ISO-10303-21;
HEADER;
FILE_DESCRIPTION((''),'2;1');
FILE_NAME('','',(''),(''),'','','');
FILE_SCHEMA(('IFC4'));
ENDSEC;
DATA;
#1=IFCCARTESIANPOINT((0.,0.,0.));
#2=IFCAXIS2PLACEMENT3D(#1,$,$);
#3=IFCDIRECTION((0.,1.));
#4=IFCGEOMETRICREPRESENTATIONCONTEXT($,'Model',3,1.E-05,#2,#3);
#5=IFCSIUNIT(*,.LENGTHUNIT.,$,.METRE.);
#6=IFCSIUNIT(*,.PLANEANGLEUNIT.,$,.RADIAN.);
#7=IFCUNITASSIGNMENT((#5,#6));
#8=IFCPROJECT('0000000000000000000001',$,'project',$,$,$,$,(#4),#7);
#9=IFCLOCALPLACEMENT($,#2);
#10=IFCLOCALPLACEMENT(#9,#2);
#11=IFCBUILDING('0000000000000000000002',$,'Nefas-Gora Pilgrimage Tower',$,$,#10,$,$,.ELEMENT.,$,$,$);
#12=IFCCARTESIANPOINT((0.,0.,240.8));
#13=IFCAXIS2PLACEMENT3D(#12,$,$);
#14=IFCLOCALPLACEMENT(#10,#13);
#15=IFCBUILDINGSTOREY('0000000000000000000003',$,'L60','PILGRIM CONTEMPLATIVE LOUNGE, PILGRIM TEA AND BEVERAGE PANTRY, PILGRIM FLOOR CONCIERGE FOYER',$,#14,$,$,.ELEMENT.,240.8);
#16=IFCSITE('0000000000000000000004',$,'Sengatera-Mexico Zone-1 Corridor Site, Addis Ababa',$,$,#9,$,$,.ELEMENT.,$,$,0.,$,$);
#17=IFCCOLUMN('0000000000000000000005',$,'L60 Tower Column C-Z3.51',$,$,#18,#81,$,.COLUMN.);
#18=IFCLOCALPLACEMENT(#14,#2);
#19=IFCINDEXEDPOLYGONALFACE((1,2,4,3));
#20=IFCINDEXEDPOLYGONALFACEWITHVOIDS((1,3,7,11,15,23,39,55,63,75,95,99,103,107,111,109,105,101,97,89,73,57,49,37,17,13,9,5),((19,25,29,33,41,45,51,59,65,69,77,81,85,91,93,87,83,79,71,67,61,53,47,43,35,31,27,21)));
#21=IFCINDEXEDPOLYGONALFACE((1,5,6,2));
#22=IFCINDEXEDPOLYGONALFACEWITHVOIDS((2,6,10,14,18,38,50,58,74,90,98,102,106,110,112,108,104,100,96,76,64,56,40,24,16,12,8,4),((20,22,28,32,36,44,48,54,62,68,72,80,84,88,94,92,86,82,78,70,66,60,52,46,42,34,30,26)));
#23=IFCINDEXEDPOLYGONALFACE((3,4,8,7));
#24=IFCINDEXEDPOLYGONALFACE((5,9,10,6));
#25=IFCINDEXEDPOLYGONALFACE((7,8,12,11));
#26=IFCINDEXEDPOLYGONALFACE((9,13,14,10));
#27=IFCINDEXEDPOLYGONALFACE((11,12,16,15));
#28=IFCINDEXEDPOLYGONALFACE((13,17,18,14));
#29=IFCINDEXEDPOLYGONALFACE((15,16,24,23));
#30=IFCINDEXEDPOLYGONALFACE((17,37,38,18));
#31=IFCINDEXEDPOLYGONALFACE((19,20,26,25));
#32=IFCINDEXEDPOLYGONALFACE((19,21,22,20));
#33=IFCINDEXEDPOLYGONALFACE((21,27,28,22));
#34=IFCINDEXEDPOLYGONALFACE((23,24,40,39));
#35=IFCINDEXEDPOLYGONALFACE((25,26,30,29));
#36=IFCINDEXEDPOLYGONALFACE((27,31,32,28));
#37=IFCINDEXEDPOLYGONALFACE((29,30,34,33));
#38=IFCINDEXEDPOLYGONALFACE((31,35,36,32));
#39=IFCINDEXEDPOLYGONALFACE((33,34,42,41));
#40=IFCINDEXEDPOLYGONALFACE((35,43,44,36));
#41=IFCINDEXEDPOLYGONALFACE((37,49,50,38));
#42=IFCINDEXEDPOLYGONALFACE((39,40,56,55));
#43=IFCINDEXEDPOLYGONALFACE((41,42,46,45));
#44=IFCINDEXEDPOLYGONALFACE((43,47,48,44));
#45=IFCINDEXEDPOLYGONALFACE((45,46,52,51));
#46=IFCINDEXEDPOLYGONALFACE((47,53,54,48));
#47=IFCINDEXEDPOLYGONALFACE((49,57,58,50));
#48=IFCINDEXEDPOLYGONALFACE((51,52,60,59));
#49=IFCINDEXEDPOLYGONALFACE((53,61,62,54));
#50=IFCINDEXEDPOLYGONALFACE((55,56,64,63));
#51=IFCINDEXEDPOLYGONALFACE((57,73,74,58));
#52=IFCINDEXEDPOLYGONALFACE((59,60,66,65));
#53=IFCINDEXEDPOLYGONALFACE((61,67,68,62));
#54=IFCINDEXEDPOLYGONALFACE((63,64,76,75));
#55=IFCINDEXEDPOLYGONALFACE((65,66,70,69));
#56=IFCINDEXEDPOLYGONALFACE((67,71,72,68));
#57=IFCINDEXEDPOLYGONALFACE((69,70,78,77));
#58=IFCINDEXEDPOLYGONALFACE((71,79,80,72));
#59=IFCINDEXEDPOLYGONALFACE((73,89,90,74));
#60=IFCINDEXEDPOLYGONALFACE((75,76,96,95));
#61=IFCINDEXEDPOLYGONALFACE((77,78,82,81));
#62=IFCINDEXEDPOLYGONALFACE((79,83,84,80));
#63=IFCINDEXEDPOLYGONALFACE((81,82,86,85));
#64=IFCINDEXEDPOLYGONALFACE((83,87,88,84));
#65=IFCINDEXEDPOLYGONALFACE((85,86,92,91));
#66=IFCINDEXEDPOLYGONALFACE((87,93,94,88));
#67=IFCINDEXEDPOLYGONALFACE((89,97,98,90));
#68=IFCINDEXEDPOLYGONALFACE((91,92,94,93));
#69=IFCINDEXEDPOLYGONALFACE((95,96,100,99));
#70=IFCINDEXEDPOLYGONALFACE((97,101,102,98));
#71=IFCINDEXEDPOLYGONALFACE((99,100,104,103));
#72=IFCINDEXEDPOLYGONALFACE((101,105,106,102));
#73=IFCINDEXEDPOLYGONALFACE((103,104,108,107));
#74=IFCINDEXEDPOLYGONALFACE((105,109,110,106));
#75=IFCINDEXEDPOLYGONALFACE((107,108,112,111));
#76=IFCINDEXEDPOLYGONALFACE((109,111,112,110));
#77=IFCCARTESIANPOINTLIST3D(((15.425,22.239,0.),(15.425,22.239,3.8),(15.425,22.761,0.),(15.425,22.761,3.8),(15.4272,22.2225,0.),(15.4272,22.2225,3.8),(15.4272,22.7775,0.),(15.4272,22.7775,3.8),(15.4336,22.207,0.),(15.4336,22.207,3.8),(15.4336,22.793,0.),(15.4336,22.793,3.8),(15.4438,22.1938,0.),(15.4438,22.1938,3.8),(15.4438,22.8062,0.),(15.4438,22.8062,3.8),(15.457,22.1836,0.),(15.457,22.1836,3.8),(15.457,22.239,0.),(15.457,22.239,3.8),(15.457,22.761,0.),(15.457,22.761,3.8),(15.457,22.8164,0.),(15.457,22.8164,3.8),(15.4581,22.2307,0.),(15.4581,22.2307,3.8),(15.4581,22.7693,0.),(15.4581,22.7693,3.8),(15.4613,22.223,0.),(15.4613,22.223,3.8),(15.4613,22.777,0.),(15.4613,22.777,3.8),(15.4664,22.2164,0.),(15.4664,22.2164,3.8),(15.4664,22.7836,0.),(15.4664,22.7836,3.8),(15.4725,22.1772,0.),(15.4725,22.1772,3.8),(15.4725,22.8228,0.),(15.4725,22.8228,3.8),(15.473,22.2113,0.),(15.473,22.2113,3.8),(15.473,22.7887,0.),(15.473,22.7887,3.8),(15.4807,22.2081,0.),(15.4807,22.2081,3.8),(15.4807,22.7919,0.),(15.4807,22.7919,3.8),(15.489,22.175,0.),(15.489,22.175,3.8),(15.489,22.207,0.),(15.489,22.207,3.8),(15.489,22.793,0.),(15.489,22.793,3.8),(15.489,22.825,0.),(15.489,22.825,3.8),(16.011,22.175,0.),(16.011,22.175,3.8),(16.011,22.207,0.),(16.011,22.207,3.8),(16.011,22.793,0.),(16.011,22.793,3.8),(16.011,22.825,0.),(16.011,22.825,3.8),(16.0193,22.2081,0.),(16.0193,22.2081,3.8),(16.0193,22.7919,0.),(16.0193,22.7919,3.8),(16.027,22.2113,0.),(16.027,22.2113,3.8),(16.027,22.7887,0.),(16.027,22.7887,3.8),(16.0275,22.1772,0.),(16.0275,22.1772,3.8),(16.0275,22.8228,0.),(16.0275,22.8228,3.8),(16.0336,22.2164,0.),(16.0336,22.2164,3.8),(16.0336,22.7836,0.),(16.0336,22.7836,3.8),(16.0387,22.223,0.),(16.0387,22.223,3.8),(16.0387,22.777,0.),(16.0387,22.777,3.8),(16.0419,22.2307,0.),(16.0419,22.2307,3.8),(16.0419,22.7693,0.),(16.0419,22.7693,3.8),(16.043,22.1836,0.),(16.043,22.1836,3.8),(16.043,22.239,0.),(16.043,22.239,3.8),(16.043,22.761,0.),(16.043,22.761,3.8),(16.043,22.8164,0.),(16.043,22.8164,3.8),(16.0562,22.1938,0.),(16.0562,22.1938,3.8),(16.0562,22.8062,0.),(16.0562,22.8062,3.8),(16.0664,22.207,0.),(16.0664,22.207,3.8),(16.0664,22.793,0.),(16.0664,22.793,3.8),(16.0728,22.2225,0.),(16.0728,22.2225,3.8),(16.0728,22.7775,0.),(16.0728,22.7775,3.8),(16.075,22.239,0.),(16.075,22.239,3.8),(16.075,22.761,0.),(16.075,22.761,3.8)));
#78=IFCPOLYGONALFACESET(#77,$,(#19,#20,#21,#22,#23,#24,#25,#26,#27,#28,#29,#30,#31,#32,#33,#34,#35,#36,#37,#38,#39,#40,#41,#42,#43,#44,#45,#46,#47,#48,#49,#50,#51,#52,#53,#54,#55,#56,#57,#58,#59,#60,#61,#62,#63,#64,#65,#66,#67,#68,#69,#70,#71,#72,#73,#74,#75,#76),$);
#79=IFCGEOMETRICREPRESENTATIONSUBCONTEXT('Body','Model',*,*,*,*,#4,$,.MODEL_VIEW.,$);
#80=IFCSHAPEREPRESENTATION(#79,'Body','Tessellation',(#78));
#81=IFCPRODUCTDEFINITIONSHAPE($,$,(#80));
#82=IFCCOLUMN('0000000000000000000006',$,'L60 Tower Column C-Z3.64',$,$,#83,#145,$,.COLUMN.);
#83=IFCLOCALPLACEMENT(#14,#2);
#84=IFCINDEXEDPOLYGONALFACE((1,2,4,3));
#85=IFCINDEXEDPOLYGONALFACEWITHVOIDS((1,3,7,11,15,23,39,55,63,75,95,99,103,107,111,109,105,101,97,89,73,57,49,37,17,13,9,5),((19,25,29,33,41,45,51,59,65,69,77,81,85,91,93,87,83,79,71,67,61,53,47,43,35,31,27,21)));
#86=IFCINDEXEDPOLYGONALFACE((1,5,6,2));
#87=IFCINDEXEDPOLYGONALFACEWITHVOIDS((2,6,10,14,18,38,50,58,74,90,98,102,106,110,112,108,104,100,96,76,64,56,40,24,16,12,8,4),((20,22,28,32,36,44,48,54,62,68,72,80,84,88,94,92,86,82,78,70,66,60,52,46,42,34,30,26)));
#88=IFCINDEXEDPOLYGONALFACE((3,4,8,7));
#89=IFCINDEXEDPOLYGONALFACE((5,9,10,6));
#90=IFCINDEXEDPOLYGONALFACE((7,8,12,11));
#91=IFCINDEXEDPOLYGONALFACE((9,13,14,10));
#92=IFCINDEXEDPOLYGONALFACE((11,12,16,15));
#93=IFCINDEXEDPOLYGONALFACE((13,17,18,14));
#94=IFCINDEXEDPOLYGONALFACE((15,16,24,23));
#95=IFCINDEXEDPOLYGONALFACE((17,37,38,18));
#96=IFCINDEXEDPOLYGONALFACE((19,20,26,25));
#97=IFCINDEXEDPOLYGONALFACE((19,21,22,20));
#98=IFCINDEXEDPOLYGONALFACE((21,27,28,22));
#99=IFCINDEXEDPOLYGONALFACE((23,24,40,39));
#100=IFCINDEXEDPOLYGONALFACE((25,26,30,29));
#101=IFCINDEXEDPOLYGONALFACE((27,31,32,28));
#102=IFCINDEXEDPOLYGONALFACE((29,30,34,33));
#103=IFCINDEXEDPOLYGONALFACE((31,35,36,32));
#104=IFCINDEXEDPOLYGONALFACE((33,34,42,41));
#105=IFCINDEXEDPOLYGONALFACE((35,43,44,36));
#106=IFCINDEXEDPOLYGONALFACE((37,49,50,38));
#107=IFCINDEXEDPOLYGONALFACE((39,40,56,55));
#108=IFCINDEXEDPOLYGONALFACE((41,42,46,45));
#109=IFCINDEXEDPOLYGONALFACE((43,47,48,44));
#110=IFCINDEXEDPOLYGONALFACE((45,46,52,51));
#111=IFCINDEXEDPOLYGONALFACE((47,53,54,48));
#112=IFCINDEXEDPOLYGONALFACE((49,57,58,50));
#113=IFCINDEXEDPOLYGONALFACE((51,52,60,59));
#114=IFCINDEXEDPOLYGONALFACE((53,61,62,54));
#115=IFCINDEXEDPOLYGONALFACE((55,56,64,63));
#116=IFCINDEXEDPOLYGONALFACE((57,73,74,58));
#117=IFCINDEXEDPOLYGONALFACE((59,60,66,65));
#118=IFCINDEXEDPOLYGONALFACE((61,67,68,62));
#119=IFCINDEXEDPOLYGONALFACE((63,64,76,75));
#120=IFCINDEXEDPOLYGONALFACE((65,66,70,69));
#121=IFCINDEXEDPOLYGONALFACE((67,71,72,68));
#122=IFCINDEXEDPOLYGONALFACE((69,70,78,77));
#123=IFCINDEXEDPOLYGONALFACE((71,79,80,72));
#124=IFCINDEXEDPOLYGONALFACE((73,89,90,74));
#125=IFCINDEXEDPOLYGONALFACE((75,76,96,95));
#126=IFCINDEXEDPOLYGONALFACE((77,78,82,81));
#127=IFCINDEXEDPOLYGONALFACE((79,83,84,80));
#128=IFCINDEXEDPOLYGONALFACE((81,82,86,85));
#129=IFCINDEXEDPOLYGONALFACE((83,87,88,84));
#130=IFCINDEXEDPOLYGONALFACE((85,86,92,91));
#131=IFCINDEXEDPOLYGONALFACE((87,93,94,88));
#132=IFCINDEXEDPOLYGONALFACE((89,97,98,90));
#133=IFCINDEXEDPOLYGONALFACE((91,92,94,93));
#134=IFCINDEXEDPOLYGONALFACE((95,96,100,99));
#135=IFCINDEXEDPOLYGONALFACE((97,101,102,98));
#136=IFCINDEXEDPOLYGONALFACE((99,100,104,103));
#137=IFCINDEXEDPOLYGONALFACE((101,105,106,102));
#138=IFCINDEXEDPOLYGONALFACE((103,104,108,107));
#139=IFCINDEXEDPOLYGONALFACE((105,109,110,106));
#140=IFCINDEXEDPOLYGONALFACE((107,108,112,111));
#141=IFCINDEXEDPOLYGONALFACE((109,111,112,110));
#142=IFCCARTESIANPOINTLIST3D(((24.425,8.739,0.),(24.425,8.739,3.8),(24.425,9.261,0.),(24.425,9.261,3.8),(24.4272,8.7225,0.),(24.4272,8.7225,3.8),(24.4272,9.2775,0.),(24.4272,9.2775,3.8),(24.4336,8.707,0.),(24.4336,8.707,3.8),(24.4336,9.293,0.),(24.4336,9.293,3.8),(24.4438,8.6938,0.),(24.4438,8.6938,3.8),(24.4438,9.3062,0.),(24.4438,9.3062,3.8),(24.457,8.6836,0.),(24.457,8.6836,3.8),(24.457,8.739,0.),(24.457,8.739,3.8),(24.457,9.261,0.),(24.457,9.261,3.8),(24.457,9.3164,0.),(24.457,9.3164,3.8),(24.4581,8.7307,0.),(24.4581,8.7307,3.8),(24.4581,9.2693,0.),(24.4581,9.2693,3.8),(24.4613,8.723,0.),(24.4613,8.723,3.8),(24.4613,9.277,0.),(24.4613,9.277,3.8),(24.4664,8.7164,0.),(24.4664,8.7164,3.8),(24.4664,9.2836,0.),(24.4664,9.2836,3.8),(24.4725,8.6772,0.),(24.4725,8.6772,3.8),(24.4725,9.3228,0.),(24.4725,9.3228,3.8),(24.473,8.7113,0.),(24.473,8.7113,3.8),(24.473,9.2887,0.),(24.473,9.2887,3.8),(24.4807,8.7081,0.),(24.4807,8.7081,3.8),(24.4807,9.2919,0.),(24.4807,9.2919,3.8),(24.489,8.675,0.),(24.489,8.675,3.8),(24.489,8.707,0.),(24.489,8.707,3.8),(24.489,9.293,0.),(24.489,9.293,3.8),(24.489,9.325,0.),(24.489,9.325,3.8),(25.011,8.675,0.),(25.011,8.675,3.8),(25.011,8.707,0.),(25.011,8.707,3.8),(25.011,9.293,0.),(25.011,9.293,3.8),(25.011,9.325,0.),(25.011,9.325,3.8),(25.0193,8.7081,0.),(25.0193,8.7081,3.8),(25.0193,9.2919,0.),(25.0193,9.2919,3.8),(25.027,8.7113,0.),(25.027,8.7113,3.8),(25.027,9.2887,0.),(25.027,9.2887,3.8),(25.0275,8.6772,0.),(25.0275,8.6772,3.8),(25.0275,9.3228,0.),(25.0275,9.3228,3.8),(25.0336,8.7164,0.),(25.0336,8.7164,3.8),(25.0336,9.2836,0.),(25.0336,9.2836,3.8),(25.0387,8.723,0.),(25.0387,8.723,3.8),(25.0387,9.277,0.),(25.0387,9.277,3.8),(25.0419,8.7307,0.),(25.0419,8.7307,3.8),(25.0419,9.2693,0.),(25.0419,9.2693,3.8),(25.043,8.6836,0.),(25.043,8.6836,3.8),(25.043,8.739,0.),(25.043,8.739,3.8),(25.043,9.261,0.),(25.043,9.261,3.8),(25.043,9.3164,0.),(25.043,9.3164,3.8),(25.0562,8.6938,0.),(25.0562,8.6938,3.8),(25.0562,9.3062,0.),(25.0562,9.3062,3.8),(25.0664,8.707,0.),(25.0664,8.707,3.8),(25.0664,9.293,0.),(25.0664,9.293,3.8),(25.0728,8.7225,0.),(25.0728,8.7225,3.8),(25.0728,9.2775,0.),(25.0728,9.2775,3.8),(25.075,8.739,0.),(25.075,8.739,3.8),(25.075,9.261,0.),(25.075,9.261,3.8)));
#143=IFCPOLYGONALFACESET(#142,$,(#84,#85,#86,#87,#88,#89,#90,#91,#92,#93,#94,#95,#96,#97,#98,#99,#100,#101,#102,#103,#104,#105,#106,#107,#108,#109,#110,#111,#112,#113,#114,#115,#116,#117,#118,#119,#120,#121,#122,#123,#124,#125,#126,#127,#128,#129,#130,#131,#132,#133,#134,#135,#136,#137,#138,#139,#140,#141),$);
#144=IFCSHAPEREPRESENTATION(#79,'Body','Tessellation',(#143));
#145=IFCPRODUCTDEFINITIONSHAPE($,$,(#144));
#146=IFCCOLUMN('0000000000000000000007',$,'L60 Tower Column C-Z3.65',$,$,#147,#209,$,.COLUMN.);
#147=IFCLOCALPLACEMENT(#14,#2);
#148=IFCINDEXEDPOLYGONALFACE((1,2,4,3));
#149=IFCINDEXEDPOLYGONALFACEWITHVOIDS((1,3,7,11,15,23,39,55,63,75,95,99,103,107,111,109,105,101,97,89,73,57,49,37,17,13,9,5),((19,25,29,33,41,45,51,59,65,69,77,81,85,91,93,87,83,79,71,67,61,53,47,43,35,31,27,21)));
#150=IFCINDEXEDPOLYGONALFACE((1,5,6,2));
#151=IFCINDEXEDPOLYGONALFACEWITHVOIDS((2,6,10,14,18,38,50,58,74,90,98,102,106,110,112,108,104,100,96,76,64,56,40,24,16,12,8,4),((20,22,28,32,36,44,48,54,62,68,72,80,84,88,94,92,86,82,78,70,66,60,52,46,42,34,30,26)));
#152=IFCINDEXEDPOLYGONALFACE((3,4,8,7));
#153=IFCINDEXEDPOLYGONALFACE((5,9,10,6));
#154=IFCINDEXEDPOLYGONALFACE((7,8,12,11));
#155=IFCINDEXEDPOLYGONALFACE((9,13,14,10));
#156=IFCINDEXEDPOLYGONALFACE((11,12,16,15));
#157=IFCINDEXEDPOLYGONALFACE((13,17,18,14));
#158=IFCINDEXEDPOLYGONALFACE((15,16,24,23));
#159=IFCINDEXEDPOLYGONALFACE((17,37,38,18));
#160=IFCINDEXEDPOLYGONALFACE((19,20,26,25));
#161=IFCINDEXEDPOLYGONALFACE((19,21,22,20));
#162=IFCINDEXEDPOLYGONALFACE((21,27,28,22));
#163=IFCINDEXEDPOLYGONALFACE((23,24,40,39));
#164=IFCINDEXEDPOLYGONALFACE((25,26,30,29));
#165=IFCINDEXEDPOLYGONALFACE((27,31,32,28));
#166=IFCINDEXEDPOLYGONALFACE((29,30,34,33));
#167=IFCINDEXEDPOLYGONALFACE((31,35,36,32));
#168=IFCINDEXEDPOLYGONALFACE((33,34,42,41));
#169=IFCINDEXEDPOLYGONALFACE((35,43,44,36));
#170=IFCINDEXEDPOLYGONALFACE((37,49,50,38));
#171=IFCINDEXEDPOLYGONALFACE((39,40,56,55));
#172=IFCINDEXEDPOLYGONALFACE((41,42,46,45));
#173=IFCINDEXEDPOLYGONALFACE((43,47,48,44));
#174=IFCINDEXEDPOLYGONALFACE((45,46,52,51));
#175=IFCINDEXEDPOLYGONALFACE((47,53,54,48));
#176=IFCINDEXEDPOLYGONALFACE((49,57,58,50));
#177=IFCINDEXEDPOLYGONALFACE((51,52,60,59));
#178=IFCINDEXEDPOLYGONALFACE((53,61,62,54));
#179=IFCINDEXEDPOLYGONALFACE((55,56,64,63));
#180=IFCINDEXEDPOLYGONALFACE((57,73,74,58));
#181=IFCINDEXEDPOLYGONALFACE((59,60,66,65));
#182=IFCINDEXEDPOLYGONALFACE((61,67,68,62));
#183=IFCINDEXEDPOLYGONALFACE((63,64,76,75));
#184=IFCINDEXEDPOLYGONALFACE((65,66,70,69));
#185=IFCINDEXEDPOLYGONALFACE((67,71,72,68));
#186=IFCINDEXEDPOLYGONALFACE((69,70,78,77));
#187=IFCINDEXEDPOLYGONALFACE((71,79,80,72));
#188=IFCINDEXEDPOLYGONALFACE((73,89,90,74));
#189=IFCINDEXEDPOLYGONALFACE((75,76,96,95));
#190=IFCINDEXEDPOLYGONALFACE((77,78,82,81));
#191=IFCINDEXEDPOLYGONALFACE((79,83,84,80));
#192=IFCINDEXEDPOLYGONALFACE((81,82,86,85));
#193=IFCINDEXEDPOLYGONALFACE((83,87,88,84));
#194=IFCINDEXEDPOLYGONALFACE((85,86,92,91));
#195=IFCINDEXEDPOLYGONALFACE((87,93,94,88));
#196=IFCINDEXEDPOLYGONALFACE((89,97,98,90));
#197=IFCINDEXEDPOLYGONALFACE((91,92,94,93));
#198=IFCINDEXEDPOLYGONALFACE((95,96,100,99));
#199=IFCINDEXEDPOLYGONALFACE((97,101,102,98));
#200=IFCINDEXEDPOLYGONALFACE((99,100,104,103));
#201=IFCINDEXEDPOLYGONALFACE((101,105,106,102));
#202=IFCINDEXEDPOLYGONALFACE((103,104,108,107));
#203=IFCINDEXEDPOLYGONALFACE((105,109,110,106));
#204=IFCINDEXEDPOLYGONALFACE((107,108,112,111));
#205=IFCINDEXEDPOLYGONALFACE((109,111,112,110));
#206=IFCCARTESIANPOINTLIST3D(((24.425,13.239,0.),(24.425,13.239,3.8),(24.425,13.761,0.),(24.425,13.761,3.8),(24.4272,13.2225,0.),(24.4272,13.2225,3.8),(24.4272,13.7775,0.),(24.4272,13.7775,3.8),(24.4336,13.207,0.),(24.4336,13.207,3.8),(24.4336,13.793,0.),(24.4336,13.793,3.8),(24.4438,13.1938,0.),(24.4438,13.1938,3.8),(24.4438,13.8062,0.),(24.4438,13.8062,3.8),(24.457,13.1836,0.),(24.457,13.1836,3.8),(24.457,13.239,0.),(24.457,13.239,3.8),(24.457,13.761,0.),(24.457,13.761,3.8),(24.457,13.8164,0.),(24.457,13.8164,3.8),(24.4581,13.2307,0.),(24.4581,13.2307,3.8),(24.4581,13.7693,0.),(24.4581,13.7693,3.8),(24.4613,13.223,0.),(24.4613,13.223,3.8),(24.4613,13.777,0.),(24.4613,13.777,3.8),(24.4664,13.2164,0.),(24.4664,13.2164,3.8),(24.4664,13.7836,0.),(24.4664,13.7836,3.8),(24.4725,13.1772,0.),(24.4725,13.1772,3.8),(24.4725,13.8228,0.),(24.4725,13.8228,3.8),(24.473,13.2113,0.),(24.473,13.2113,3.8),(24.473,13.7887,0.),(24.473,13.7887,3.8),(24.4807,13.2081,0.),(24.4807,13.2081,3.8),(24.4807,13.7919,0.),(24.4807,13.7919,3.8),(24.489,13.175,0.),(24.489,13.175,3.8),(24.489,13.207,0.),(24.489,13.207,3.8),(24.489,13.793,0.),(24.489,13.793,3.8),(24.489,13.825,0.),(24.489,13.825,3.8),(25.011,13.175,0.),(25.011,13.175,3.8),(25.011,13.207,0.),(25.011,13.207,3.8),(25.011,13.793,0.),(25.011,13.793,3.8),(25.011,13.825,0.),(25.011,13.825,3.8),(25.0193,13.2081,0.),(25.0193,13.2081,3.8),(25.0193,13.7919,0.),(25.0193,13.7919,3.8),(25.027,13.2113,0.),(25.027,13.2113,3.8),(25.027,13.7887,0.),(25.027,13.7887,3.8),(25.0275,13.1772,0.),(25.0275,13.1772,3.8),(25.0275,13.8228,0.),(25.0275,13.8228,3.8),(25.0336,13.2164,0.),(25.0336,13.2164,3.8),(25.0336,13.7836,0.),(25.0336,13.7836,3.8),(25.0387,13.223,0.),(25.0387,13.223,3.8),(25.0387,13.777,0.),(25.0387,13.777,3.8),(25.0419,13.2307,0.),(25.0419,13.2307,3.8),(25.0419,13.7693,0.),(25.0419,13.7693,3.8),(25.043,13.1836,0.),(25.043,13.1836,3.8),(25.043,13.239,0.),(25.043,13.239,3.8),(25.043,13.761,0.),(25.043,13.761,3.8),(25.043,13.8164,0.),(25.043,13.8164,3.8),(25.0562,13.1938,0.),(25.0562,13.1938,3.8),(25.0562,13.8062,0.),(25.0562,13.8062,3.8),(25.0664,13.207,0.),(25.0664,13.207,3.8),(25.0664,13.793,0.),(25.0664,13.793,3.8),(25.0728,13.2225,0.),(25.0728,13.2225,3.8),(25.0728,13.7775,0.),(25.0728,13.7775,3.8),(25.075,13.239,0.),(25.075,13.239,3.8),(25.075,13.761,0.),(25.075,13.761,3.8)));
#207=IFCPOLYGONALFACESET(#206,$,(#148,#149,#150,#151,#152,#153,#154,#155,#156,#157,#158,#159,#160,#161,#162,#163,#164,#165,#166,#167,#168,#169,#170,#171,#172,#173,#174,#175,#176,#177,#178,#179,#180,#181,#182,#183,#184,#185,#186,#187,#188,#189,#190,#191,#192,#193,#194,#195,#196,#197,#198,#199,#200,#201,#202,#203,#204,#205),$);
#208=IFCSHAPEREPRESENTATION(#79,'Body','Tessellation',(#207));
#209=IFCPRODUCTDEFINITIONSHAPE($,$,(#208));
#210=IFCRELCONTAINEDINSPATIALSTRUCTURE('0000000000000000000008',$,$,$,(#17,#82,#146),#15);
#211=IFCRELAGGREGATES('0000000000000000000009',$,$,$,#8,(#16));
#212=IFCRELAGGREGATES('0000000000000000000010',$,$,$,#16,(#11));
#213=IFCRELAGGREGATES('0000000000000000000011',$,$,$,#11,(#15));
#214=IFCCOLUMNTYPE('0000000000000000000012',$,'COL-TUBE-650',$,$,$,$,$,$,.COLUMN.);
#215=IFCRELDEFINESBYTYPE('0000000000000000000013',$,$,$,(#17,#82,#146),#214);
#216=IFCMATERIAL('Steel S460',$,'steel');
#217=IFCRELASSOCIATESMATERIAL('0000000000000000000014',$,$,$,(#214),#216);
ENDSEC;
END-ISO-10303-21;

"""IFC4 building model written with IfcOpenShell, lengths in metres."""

from ifc_helpers import new_model, si_unit, direction, frame, origin, origin_2d, place, context, subcontext, project, spatial, hollow_rectangle, extrude, source, transform, mapped, material, material_profile, profile_set, type_object, element, save


model = new_model("IFC4")

# Units and contexts
model_context = context("Model", 3, precision=1e-05, world=origin(), true_north=direction((0.0, 1.0)))
body_context = subcontext(model_context, "Body", "Model", "MODEL_VIEW")
ifc_project = project(units=[si_unit("LENGTHUNIT", "METRE"), si_unit("PLANEANGLEUNIT", "RADIAN")], contexts=[model_context])

# Site, building, storey
site_placement = place(None, origin())
site = spatial("IfcSite", under=ifc_project, at=site_placement, Name="Sengatera-Mexico Zone-1 Corridor Site, Addis Ababa", CompositionType="ELEMENT", RefElevation=0.0)
building_placement = place(site_placement, origin())
building = spatial("IfcBuilding", under=site, at=building_placement, Name="Nefas-Gora Pilgrimage Tower", CompositionType="ELEMENT")
storey_placement = place(building_placement, frame((0.0, 0.0, 240.8)))
storey = spatial("IfcBuildingStorey", under=building, at=storey_placement, Name="L60", Description="PILGRIM CONTEMPLATIVE LOUNGE, PILGRIM TEA AND BEVERAGE PANTRY, PILGRIM FLOOR CONCIERGE FOYER", CompositionType="ELEMENT", Elevation=240.8)

# Columns
ifc_material_1 = material(Name="Steel S460", Category="steel")
ifc_material_profile_1 = material_profile(ifc_material_1, hollow_rectangle(XDim=0.6499, YDim=0.6499, WallThickness=0.032, InnerFilletRadius=0.032, OuterFilletRadius=0.064, at=origin_2d()), Name="BOX 650x650x32")
ifc_profile_set_1 = profile_set([ifc_material_profile_1], Name="Steel S460")
column_type_1 = type_object("IfcColumnType", Name="COL-TUBE-650", PredefinedType="COLUMN", material=ifc_profile_set_1)
shared_shape_1 = source(origin(), body_context, "Body", "SweptSolid", [
    extrude(hollow_rectangle(XDim=0.6499, YDim=0.6499, WallThickness=0.032, InnerFilletRadius=0.032, OuterFilletRadius=0.064, at=origin_2d()), origin(), (0.0, 0.0, 1.0), 3.8),
])
for number, where, z_axis, x_axis, name in (
    (1, (15.75, 22.5, 0.0), (0.0, 0.0, 1.0), (1.0, 0.0, 0.0), "L60 Tower Column C-Z3.51"),
    (2, (24.75, 9.0, 0.0), (0.0, 0.0, 1.0), (1.0, 0.0, 0.0), "L60 Tower Column C-Z3.64"),
    (3, (24.75, 13.5, 0.0), (0.0, 0.0, 1.0), (1.0, 0.0, 0.0), "L60 Tower Column C-Z3.65"),
):
    element("IfcColumn", number, at=place(storey_placement, frame(where, z_axis=z_axis, x_axis=x_axis)), inside=storey, type_object=column_type_1, Name=name, PredefinedType="COLUMN", context=body_context, shape_type="MappedRepresentation", body=[
        mapped(shared_shape_1, transform((0.0, 0.0, 0.0), x_axis=(1.0, 0.0, 0.0), y_axis=(0.0, 1.0, 0.0), z_axis=(0.0, 0.0, 1.0), scale=1.0)),
    ])

save(model, "model.ifc")
